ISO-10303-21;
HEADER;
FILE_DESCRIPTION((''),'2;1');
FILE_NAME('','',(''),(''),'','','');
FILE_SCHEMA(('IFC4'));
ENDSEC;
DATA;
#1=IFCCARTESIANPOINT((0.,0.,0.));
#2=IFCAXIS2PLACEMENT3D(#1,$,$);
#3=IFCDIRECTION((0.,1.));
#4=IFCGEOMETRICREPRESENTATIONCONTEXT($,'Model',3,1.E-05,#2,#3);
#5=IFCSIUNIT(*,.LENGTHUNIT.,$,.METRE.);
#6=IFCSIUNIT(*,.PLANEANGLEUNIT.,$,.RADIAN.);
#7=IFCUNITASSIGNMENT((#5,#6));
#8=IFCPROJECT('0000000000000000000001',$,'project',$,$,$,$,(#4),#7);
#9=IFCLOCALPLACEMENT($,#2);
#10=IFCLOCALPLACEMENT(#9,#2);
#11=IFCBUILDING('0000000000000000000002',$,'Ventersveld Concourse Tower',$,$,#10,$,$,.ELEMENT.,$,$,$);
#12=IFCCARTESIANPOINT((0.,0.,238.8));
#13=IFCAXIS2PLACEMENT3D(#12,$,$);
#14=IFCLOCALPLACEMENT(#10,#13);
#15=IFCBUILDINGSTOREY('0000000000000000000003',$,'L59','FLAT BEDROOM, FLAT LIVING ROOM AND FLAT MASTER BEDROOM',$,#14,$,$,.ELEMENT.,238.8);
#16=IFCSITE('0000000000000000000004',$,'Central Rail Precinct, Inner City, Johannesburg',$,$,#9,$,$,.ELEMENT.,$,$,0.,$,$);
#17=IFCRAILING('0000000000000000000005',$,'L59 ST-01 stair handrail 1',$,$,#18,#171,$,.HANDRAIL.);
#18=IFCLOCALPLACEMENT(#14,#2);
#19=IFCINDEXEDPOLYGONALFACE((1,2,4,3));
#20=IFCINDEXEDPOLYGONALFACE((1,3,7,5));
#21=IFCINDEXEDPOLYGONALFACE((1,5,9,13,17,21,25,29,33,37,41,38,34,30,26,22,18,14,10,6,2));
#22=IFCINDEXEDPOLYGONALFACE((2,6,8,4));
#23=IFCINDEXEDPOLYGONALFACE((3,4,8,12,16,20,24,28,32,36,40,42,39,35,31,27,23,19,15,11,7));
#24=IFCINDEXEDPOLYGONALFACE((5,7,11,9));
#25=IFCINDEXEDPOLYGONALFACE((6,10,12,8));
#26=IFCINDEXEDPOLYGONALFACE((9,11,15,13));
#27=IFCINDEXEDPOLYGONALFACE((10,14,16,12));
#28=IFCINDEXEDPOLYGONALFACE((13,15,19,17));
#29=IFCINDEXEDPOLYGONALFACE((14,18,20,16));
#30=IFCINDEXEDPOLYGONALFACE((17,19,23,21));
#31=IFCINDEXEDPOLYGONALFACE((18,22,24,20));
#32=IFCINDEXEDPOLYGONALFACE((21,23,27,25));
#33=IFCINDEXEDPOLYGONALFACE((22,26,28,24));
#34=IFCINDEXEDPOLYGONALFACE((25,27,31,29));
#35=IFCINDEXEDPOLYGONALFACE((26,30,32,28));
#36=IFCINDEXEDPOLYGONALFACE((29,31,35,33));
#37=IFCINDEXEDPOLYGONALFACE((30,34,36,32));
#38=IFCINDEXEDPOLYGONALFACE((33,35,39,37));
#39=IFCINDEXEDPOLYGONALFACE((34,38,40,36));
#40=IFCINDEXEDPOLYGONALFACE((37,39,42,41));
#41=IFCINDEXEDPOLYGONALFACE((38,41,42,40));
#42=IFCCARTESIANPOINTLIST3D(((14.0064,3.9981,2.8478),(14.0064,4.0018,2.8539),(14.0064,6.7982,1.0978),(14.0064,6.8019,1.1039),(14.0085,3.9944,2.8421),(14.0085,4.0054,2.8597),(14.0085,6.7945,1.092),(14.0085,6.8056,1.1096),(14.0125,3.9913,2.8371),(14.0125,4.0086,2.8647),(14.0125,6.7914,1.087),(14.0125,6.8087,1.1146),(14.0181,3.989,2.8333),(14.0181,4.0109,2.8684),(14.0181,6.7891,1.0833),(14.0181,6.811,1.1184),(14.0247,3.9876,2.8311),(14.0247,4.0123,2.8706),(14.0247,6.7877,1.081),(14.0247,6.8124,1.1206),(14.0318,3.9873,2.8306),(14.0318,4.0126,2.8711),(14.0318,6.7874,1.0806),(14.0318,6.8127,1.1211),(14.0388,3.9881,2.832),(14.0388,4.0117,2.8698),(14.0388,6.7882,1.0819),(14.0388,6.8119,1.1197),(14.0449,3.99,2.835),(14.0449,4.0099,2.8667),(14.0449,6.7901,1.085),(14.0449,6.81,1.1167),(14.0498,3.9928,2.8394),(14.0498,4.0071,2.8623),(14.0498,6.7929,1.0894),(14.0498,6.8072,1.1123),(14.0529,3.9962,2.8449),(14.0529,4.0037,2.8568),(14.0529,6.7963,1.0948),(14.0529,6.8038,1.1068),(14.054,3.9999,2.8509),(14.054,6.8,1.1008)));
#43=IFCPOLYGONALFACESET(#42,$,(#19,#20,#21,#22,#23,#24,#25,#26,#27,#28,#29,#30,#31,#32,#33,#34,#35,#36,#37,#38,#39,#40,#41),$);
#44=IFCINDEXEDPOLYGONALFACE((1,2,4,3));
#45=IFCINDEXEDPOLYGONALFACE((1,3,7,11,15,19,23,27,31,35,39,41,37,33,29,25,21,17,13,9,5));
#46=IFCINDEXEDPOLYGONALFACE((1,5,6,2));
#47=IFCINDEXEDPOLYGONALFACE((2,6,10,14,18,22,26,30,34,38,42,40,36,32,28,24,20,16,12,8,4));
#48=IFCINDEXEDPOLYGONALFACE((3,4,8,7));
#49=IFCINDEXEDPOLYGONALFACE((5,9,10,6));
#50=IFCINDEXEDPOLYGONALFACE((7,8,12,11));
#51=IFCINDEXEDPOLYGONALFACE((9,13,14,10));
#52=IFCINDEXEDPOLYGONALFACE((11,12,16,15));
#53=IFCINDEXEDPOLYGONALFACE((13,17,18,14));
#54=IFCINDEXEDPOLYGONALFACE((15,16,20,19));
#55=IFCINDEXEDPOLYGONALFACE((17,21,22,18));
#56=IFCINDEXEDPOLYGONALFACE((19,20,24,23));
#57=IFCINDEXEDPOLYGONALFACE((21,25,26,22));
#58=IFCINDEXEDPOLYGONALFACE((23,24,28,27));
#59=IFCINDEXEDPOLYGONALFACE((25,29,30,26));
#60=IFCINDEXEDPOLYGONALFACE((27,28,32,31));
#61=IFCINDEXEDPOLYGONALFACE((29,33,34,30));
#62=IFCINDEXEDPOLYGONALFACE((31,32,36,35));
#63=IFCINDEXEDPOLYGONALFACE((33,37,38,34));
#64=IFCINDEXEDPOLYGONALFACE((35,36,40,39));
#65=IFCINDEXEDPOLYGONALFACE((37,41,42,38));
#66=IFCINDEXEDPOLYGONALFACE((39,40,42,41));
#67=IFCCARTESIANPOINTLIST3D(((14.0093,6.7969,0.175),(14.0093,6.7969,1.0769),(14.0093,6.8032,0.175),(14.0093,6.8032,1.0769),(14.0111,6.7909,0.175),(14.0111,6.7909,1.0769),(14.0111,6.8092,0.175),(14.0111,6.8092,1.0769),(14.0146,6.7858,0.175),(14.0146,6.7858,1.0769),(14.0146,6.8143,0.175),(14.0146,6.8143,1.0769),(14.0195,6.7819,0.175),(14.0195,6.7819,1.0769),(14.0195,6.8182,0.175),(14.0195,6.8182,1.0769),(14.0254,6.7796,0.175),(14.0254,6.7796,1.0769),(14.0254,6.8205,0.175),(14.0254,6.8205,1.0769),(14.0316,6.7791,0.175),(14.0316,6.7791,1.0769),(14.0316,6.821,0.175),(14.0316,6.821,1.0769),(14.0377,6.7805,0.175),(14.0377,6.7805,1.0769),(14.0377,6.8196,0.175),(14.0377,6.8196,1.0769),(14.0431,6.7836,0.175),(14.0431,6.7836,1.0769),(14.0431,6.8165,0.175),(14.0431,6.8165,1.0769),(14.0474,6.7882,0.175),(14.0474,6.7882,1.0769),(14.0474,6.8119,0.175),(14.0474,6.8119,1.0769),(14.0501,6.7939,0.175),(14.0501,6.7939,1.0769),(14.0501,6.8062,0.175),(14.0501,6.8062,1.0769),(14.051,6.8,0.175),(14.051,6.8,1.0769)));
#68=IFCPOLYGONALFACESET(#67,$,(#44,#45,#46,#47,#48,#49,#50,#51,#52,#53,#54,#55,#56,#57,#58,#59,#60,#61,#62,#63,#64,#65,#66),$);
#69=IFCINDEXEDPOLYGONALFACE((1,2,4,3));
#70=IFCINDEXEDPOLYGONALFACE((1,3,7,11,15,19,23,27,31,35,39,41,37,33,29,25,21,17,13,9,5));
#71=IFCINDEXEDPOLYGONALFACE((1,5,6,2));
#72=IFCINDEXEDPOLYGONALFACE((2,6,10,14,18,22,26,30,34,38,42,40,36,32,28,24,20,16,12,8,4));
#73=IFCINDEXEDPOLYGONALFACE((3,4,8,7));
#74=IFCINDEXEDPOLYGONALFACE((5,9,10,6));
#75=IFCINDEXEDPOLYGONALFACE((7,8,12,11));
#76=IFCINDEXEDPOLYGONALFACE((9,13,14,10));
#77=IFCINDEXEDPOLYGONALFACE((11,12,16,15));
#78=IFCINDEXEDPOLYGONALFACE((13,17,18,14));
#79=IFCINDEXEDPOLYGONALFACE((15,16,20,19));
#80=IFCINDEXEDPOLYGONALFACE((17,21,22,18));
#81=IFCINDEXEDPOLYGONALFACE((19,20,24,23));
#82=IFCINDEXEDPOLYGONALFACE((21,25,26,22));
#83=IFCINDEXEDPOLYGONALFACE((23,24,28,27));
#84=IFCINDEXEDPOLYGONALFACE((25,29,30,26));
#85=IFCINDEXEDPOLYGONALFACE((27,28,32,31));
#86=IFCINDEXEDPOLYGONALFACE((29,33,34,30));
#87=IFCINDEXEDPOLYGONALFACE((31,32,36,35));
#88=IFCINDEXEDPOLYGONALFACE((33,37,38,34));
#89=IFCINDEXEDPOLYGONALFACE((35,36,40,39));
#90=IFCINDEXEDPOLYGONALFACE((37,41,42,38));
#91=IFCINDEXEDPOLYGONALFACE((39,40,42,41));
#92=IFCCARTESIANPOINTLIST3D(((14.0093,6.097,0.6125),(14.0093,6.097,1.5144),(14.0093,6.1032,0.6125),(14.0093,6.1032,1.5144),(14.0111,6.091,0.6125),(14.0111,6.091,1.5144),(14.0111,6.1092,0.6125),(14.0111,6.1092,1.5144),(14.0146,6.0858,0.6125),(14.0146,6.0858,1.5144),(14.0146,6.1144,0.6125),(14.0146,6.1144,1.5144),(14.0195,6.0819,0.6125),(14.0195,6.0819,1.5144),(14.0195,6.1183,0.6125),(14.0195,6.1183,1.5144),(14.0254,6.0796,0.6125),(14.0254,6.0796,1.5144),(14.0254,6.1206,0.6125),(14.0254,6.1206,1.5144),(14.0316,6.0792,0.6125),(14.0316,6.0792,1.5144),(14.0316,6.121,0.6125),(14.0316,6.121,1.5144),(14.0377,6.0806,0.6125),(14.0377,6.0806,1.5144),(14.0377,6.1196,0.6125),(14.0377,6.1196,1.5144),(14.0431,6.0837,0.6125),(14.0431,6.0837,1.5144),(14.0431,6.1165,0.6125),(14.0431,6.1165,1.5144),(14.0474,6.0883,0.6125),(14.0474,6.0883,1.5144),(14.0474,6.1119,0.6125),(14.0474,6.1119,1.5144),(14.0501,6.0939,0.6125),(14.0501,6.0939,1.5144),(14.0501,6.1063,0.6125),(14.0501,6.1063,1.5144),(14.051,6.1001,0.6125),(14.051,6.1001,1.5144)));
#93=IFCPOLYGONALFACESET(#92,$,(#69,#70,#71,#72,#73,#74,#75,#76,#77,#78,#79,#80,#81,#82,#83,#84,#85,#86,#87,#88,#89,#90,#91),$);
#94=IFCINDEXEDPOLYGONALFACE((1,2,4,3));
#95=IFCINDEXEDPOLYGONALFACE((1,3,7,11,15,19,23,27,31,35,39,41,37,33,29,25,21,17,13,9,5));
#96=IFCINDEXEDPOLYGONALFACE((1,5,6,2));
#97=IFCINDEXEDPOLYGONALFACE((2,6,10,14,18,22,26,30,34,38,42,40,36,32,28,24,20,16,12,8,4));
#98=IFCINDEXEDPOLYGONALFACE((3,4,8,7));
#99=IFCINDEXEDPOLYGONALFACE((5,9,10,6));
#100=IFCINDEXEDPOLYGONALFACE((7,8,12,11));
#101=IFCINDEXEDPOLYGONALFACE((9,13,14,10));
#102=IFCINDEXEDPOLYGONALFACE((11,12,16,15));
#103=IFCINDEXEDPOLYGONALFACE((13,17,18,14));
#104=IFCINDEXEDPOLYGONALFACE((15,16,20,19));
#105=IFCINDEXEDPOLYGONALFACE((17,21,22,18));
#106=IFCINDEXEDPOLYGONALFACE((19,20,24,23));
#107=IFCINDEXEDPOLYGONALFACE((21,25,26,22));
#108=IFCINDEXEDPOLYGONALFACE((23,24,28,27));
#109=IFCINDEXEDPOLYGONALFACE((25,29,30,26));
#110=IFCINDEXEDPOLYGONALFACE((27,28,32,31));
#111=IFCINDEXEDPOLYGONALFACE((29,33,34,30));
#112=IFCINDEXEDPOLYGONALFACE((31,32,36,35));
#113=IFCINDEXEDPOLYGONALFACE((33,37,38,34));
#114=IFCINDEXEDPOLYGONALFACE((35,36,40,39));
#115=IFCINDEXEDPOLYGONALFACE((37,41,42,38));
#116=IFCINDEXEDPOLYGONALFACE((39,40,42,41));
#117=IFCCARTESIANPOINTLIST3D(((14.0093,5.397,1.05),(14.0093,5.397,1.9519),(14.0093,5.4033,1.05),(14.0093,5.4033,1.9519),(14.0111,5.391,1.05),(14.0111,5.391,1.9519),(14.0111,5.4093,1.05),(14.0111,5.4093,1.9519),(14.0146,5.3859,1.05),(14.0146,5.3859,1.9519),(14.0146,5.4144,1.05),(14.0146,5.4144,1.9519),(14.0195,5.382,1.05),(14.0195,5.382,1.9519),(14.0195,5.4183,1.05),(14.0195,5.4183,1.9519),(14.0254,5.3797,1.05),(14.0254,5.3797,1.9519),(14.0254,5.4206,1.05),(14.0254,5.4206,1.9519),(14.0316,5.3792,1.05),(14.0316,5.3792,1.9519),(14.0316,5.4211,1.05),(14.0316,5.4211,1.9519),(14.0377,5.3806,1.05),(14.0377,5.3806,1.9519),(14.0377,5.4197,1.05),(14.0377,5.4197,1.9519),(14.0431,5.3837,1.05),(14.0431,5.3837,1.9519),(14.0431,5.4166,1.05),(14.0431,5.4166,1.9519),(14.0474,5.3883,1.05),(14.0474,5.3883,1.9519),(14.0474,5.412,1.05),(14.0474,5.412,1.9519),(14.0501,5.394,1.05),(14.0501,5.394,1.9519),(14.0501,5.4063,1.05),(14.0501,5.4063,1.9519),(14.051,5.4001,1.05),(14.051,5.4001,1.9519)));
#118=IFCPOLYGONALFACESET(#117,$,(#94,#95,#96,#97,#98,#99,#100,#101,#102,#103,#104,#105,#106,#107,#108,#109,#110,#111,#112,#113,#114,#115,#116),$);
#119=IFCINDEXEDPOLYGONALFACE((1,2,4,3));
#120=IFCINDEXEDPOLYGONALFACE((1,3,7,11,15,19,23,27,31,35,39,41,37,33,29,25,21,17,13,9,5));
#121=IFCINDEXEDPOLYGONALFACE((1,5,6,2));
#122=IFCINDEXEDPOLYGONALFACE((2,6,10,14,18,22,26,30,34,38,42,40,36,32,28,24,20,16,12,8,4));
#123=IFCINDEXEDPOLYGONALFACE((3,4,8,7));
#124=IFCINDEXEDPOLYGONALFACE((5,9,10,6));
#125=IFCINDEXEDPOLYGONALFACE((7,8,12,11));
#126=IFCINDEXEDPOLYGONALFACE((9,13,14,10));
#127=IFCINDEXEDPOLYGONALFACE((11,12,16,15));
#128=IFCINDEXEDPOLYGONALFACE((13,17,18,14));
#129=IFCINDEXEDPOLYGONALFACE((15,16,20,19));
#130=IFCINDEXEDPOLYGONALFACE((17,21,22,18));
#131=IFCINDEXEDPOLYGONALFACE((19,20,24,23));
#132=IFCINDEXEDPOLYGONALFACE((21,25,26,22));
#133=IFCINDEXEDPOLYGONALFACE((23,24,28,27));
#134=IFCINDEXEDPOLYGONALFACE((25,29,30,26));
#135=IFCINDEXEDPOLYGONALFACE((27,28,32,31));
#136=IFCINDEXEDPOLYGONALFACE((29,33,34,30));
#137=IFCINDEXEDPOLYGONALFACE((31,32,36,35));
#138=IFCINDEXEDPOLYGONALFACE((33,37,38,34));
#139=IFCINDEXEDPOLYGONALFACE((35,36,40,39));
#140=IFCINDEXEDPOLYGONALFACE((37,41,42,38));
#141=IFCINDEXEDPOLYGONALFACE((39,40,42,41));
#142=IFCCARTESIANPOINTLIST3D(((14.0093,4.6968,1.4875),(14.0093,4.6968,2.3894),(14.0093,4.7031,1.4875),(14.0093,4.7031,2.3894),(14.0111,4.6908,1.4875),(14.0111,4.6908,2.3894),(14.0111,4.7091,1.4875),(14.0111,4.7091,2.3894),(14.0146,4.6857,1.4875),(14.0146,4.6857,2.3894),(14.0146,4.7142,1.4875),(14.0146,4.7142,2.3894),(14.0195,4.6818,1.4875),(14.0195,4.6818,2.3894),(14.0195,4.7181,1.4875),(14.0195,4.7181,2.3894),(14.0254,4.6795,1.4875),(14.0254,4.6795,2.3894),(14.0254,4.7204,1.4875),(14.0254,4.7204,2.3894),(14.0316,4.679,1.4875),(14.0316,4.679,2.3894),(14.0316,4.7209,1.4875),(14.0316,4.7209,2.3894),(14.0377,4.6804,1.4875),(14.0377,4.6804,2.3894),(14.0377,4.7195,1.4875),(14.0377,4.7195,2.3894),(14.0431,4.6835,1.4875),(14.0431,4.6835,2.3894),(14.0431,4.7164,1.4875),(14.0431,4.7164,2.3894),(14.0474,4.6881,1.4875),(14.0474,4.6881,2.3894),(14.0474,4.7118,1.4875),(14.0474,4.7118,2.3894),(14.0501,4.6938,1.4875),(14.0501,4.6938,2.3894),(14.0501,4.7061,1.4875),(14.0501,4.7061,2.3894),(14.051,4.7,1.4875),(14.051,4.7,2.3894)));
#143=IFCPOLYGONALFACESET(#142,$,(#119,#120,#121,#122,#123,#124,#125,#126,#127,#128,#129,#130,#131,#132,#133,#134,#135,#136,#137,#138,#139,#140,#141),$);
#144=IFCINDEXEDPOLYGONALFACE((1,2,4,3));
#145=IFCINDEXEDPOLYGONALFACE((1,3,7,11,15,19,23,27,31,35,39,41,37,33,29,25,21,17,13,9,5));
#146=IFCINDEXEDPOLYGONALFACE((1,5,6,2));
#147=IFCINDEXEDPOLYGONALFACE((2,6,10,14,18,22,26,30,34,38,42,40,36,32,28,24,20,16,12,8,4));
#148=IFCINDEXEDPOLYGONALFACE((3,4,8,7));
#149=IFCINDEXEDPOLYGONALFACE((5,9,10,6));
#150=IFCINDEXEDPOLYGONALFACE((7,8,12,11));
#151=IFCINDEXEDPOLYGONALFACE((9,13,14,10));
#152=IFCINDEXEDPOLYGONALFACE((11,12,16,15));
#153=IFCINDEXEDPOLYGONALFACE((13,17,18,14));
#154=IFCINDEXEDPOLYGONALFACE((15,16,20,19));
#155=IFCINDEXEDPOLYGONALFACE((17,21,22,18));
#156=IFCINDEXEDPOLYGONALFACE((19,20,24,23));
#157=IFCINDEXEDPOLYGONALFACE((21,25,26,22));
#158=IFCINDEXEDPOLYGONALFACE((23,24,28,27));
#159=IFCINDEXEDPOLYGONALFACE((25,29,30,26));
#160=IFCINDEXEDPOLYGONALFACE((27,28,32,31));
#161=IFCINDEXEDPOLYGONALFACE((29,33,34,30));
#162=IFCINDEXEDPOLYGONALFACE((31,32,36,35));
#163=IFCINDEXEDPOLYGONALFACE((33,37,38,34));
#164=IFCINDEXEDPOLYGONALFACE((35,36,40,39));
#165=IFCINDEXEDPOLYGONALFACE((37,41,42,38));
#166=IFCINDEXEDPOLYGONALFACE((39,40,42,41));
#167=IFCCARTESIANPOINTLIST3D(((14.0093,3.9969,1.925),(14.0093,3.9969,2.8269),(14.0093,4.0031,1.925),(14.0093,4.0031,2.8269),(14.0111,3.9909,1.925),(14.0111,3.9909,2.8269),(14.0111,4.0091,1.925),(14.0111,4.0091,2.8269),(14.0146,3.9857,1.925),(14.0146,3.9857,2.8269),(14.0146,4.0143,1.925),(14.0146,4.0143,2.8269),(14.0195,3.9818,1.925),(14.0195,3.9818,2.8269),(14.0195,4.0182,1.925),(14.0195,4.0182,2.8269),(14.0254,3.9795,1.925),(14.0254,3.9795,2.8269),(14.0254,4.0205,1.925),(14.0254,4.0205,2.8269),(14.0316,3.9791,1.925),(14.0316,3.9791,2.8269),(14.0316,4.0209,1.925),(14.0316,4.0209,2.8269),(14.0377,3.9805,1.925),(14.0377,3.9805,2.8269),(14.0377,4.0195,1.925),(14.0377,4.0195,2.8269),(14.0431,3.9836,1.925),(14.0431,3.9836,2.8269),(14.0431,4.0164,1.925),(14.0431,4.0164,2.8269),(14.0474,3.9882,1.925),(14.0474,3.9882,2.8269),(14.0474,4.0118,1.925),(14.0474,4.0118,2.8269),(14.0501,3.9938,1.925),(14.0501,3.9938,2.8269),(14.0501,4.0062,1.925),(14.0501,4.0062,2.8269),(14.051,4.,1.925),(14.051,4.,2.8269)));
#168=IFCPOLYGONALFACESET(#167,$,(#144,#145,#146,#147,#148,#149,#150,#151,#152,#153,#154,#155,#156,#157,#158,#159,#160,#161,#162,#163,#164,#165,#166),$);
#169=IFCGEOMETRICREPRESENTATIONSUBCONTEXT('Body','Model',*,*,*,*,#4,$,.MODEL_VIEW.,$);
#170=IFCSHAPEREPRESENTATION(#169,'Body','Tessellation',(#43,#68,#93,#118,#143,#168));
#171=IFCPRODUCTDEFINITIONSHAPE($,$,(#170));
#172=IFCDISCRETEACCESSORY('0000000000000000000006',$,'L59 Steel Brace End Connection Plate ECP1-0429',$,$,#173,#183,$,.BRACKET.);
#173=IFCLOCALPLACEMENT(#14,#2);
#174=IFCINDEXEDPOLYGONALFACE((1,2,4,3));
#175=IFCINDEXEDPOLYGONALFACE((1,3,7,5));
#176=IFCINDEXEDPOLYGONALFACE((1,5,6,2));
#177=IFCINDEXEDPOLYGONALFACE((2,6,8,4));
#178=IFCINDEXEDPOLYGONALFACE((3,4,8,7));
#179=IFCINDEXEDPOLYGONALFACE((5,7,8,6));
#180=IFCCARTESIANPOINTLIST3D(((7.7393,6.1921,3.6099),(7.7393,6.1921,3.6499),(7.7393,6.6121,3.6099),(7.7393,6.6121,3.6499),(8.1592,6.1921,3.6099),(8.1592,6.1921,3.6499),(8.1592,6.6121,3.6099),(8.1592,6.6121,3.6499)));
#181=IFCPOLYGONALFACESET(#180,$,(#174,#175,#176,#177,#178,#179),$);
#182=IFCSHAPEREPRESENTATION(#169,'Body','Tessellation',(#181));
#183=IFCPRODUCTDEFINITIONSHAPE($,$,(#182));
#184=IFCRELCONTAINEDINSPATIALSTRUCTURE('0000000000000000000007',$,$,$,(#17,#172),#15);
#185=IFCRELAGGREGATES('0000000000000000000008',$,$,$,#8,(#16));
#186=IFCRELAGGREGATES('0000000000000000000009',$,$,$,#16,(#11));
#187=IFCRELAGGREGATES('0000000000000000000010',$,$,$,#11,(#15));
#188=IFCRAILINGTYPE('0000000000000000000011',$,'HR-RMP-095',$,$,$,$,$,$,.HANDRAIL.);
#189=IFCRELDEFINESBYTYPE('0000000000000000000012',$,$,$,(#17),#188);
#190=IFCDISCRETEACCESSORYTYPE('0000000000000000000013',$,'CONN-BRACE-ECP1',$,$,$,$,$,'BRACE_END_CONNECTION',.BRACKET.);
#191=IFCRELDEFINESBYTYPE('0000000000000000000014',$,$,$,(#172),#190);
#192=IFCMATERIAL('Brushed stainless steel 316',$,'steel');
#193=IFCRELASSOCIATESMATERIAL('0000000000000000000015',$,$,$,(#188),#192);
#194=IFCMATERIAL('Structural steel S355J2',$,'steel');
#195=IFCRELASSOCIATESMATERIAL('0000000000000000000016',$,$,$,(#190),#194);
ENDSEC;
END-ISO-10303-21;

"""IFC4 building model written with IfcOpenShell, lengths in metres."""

from ifc_helpers import new_model, si_unit, direction, frame, origin, origin_2d, place, context, subcontext, project, spatial, rectangle, circle, extrude, material, type_object, element, save


model = new_model("IFC4")

# Units and contexts
model_context = context("Model", 3, precision=1e-05, world=origin(), true_north=direction((0.0, 1.0)))
body_context = subcontext(model_context, "Body", "Model", "MODEL_VIEW")
ifc_project = project(units=[si_unit("LENGTHUNIT", "METRE"), si_unit("PLANEANGLEUNIT", "RADIAN")], contexts=[model_context])

# Site, building, storey
site_placement = place(None, origin())
site = spatial("IfcSite", under=ifc_project, at=site_placement, Name="Central Rail Precinct, Inner City, Johannesburg", CompositionType="ELEMENT", RefElevation=0.0)
building_placement = place(site_placement, origin())
building = spatial("IfcBuilding", under=site, at=building_placement, Name="Ventersveld Concourse Tower", CompositionType="ELEMENT")
storey_placement = place(building_placement, frame((0.0, 0.0, 238.8)))
storey = spatial("IfcBuildingStorey", under=building, at=storey_placement, Name="L59", Description="FLAT BEDROOM, FLAT LIVING ROOM AND FLAT MASTER BEDROOM", CompositionType="ELEMENT", Elevation=238.8)

# Shared definitions
ifc_material_1 = material(Name="Structural steel S355J2", Category="steel")

# Railing
ifc_material_2 = material(Name="Brushed stainless steel 316", Category="steel")
railing_type_1 = type_object("IfcRailingType", Name="HR-RMP-095", PredefinedType="HANDRAIL", material=ifc_material_2)
railing_1_placement = place(storey_placement, frame((14.03, 6.8, 0.175)))
element("IfcRailing", 1, at=railing_1_placement, inside=storey, type_object=railing_type_1, Name="L59 ST-01 stair handrail 1", PredefinedType="HANDRAIL", context=body_context, shape_type="SweptSolid", body=[
    extrude(circle(Radius=0.0239, at=origin_2d()), frame((0.0, 0.0, 0.9258), z_axis=(0.0, -0.848002, 0.529992), x_axis=(1.0, 0.0, 0.0)), (0.0, 0.0, 1.0), 3.302),
    extrude(circle(Radius=0.021, at=origin_2d()), origin(), (0.0, 0.0, 1.0), 0.9019),
    extrude(circle(Radius=0.021, at=origin_2d()), frame((0.0, -0.7, 0.4375)), (0.0, 0.0, 1.0), 0.9019),
    extrude(circle(Radius=0.021, at=origin_2d()), frame((0.0, -1.3999, 0.875)), (0.0, 0.0, 1.0), 0.9019),
    extrude(circle(Radius=0.021, at=origin_2d()), frame((0.0, -2.1001, 1.3125)), (0.0, 0.0, 1.0), 0.9019),
    extrude(circle(Radius=0.021, at=origin_2d()), frame((0.0, -2.8, 1.75)), (0.0, 0.0, 1.0), 0.9019),
])

# Discrete accessory
discrete_accessory_type = type_object("IfcDiscreteAccessoryType", Name="CONN-BRACE-ECP1", ElementType="BRACE_END_CONNECTION", PredefinedType="BRACKET", material=ifc_material_1)
discrete_accessory_placement = place(storey_placement, frame((7.9492, 6.4021, 3.6099), z_axis=(0.0, 0.0, 1.0), x_axis=(1.0, 0.0, 0.0)))
element("IfcDiscreteAccessory", 2, at=discrete_accessory_placement, inside=storey, type_object=discrete_accessory_type, Name="L59 Steel Brace End Connection Plate ECP1-0429", PredefinedType="BRACKET", context=body_context, shape_type="SweptSolid", body=[
    extrude(rectangle(XDim=0.4199, YDim=0.4199, at=origin_2d()), origin(), (0.0, 0.0, 1.0), 0.04),
])

save(model, "model.ifc")
